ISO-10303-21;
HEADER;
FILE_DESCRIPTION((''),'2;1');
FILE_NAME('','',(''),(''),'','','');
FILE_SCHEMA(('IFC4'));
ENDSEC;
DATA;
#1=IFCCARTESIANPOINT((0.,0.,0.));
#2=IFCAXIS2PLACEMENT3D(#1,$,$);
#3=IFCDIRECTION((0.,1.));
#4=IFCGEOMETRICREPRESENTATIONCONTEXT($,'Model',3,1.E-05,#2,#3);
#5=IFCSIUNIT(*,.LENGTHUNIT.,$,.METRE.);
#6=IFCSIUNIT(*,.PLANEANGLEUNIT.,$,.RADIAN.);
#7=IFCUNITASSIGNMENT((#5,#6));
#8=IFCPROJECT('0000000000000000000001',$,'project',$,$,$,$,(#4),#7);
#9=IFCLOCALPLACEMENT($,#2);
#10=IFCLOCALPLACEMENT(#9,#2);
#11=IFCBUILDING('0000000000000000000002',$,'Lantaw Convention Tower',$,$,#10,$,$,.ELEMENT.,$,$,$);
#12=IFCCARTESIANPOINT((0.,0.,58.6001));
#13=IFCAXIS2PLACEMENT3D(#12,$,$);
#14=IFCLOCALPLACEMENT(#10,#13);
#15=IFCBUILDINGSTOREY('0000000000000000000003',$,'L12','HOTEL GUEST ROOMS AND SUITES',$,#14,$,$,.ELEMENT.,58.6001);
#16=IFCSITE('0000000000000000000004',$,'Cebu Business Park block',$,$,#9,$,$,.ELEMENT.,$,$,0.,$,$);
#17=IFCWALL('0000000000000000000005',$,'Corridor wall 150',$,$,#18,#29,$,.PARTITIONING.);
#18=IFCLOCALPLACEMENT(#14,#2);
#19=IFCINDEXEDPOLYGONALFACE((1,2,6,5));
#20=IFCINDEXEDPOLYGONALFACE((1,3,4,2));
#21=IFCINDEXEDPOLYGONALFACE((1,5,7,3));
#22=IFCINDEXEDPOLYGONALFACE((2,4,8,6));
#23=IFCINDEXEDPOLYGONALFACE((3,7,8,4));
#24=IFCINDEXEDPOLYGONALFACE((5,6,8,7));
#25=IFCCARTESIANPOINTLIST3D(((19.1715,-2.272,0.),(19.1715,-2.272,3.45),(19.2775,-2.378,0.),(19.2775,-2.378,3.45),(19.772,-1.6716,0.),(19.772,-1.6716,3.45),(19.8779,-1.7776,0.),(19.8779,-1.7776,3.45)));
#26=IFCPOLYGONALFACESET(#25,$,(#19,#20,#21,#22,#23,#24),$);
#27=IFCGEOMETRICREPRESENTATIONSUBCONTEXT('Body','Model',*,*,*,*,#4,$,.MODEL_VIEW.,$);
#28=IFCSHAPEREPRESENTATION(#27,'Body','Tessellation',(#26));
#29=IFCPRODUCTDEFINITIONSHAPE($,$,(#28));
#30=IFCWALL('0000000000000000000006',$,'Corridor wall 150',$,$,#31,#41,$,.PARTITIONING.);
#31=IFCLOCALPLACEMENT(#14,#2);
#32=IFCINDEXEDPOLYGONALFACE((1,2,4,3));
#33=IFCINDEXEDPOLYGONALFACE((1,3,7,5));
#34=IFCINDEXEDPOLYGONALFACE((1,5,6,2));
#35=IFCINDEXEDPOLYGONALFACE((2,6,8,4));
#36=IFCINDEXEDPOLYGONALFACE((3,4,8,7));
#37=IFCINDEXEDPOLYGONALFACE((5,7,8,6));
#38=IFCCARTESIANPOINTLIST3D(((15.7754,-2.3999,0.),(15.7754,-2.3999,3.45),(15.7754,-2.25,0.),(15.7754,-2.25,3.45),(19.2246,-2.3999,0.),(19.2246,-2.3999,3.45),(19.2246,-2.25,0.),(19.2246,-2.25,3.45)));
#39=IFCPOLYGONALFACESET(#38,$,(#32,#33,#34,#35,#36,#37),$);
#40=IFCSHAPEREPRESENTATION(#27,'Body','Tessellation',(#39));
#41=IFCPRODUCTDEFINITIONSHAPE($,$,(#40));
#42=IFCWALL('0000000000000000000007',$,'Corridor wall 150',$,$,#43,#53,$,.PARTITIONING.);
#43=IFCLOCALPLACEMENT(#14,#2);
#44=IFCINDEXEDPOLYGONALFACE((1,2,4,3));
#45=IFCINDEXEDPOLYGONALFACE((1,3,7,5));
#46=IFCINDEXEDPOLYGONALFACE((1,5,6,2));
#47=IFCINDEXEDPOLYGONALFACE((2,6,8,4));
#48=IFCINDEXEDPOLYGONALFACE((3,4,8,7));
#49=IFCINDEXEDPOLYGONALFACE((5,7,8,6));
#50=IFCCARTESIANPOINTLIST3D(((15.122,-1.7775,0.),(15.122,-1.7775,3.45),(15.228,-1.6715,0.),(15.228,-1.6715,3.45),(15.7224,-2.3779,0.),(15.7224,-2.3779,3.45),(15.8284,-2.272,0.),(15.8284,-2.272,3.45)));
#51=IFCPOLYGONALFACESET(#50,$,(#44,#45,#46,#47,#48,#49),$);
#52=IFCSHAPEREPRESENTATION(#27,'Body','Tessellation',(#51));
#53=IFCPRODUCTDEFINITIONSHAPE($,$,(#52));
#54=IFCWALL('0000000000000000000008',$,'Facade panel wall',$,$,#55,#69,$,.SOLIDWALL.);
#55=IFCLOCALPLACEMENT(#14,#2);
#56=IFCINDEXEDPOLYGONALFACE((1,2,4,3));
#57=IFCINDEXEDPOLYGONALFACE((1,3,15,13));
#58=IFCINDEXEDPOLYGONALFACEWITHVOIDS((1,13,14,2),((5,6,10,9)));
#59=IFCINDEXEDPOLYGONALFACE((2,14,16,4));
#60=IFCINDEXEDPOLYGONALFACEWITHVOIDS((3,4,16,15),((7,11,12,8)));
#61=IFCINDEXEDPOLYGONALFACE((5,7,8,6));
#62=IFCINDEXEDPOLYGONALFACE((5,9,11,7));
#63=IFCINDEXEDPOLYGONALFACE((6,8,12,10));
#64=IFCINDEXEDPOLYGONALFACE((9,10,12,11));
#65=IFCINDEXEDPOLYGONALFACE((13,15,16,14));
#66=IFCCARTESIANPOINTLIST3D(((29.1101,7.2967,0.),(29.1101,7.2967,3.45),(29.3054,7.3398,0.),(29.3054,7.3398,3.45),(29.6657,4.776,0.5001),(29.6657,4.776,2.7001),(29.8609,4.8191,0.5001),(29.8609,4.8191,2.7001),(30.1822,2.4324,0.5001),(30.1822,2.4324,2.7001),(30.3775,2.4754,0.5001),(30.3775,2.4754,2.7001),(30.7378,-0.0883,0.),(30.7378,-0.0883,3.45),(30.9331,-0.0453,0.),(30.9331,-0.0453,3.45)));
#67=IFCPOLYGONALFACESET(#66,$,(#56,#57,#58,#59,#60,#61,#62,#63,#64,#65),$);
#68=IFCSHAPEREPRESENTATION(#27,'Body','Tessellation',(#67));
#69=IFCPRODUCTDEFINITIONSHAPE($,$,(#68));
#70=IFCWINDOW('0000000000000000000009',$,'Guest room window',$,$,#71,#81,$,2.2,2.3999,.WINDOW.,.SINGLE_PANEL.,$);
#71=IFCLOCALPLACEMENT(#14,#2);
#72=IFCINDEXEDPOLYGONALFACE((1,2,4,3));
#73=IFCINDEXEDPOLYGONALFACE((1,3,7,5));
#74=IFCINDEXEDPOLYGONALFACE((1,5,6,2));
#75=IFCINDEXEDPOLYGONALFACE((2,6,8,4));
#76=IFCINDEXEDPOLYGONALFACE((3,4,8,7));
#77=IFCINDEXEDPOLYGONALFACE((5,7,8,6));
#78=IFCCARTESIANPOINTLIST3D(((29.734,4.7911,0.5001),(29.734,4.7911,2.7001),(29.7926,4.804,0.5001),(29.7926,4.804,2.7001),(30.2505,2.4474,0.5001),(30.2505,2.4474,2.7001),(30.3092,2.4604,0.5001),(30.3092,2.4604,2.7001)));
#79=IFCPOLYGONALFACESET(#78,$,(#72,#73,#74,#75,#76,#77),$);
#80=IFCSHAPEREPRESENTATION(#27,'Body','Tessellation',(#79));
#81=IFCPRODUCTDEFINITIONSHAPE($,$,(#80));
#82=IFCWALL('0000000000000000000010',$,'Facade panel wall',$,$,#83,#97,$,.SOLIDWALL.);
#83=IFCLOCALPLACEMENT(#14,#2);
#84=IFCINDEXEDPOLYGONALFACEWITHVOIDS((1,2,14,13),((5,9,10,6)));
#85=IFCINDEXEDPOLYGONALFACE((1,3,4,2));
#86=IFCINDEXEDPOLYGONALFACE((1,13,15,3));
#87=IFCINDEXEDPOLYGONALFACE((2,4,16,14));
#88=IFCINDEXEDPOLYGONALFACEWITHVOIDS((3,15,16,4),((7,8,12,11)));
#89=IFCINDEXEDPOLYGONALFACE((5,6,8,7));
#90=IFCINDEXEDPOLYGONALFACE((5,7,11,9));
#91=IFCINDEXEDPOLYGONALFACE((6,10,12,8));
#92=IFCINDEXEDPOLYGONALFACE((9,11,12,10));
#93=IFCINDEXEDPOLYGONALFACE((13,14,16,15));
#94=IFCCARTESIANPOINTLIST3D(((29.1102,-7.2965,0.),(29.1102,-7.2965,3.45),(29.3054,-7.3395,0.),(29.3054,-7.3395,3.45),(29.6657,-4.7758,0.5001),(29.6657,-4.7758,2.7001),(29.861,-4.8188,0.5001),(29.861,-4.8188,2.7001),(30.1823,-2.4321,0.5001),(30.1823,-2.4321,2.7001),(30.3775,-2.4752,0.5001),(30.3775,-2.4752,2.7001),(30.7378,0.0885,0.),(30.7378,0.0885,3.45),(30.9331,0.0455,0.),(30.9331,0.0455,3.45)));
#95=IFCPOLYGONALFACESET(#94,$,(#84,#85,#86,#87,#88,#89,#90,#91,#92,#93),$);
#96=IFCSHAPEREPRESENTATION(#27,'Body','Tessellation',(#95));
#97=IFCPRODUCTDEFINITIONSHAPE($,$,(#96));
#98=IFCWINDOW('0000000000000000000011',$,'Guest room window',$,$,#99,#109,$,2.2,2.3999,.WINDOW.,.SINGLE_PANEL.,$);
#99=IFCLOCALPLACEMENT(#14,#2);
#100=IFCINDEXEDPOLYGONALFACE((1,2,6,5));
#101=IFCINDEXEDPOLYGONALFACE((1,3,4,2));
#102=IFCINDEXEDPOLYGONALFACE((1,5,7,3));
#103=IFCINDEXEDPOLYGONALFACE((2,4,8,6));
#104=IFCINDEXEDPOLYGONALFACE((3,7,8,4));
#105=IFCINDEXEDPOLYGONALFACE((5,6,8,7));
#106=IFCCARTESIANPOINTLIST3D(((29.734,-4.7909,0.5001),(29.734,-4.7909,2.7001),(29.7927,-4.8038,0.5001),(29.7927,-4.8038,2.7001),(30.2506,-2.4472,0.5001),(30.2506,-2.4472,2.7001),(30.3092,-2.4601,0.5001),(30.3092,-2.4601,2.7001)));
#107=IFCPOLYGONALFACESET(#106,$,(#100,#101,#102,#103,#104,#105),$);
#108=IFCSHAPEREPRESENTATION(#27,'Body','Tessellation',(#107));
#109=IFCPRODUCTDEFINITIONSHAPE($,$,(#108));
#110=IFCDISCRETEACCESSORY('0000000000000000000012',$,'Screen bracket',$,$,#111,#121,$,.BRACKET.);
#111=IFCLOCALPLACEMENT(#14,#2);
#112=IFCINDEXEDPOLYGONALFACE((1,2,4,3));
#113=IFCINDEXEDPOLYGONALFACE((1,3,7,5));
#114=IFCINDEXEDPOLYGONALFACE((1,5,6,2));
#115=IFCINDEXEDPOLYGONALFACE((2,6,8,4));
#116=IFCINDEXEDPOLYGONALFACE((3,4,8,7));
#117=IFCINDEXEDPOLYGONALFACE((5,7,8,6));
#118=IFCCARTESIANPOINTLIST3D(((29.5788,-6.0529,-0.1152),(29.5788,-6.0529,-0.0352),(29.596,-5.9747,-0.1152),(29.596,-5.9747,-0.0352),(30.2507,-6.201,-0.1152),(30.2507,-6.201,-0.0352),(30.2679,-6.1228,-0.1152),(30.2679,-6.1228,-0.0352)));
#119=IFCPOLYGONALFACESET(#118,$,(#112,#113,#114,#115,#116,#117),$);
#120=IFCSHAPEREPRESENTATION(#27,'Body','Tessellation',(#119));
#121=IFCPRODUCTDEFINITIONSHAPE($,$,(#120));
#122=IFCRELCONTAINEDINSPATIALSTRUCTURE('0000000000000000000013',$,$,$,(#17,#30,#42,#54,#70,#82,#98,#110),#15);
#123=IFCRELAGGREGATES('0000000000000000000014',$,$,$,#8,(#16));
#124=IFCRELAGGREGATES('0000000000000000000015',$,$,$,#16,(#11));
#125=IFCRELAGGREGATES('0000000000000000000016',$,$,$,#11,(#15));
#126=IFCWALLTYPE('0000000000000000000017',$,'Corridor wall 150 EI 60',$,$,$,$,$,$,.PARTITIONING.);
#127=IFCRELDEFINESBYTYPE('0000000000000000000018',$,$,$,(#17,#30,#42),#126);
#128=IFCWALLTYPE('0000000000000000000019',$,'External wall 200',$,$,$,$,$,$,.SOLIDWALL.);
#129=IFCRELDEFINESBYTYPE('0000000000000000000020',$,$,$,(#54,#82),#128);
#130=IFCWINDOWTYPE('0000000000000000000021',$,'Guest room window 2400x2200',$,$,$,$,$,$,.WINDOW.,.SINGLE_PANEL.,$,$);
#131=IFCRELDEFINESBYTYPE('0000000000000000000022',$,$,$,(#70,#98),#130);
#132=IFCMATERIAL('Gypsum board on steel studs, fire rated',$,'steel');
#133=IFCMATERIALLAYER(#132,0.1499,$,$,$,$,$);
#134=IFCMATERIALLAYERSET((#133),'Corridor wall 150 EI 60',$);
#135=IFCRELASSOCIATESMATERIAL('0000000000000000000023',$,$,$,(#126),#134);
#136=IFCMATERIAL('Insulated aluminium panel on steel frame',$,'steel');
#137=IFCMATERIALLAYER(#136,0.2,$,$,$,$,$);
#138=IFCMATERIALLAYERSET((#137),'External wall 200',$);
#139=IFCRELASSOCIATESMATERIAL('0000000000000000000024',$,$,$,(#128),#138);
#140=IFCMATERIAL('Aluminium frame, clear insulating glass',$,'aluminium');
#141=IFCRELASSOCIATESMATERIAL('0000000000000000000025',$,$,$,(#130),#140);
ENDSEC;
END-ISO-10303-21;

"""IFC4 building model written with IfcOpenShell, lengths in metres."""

from ifc_helpers import new_model, si_unit, direction, frame, frame_2d, origin, origin_2d, place, context, subcontext, project, spatial, rectangle, extrude, material, layer, layer_set, type_object, element, fill, save


model = new_model("IFC4")

# Units and contexts
model_context = context("Model", 3, precision=1e-05, world=origin(), true_north=direction((0.0, 1.0)))
body_context = subcontext(model_context, "Body", "Model", "MODEL_VIEW")
ifc_project = project(units=[si_unit("LENGTHUNIT", "METRE"), si_unit("PLANEANGLEUNIT", "RADIAN")], contexts=[model_context])

# Site, building, storey
site_placement = place(None, origin())
site = spatial("IfcSite", under=ifc_project, at=site_placement, Name="Cebu Business Park block", CompositionType="ELEMENT", RefElevation=0.0)
building_placement = place(site_placement, origin())
building = spatial("IfcBuilding", under=site, at=building_placement, Name="Lantaw Convention Tower", CompositionType="ELEMENT")
storey_placement = place(building_placement, frame((0.0, 0.0, 58.6001)))
storey = spatial("IfcBuildingStorey", under=building, at=storey_placement, Name="L12", Description="HOTEL GUEST ROOMS AND SUITES", CompositionType="ELEMENT", Elevation=58.6001)

# Shared definitions
ifc_material_1 = material(Name="Gypsum board on steel studs, fire rated", Category="steel")
ifc_layer_1 = layer(ifc_material_1, 0.1499)
ifc_layer_set_1 = layer_set([ifc_layer_1], Name="Corridor wall 150 EI 60")
wall_type_1 = type_object("IfcWallType", Name="Corridor wall 150 EI 60", PredefinedType="PARTITIONING", material=ifc_layer_set_1)

# Walls
wall_1_placement = place(storey_placement, frame((19.825, -1.7246, 0.0), z_axis=(0.0, 0.0, 1.0), x_axis=(-0.707107, -0.707107, 0.0)))
element("IfcWall", 1, at=wall_1_placement, inside=storey, type_object=wall_type_1, Name="Corridor wall 150", PredefinedType="PARTITIONING", context=body_context, shape_type="SweptSolid", body=[
    extrude(rectangle(XDim=0.8491, YDim=0.1499, at=frame_2d((0.4246, 0.0))), origin(), (0.0, 0.0, 1.0), 3.45),
])
wall_2_placement = place(storey_placement, frame((19.2246, -2.325, 0.0), z_axis=(0.0, 0.0, 1.0), x_axis=(-1.0, 0.0, 0.0)))
element("IfcWall", 2, at=wall_2_placement, inside=storey, type_object=wall_type_1, Name="Corridor wall 150", PredefinedType="PARTITIONING", context=body_context, shape_type="SweptSolid", body=[
    extrude(rectangle(XDim=3.4492, YDim=0.1499, at=frame_2d((1.7246, 0.0))), origin(), (0.0, 0.0, 1.0), 3.45),
])
wall_3_placement = place(storey_placement, frame((15.7754, -2.325, 0.0), z_axis=(0.0, 0.0, 1.0), x_axis=(-0.707107, 0.707107, 0.0)))
element("IfcWall", 3, at=wall_3_placement, inside=storey, type_object=wall_type_1, Name="Corridor wall 150", PredefinedType="PARTITIONING", context=body_context, shape_type="SweptSolid", body=[
    extrude(rectangle(XDim=0.8491, YDim=0.1499, at=frame_2d((0.4246, 0.0))), origin(), (0.0, 0.0, 1.0), 3.45),
])

# Walls, openings, windows
ifc_material_2 = material(Name="Insulated aluminium panel on steel frame", Category="steel")
ifc_layer_2 = layer(ifc_material_2, 0.2)
ifc_layer_set_2 = layer_set([ifc_layer_2], Name="External wall 200")
wall_type_2 = type_object("IfcWallType", Name="External wall 200", PredefinedType="SOLIDWALL", material=ifc_layer_set_2)
wall_4_placement = place(storey_placement, frame((30.8354, -0.0669, 0.0), z_axis=(0.0, 0.0, 1.0), x_axis=(-0.215238, 0.976562, 0.0)))
wall_4 = element("IfcWall", 4, at=wall_4_placement, inside=storey, type_object=wall_type_2, Name="Facade panel wall", PredefinedType="SOLIDWALL", context=body_context, shape_type="SweptSolid", body=[
    extrude(rectangle(XDim=7.5623, YDim=0.2, at=frame_2d((3.7812, 0.0))), origin(), (0.0, 0.0, 1.0), 3.45),
])
opening_1_placement = place(wall_4_placement, frame((2.5813, 0.0, 0.5)))
opening_1 = element("IfcOpeningElement", 5, at=opening_1_placement, cuts=wall_4, PredefinedType="OPENING", context=body_context, shape_type="SweptSolid", body=[
    extrude(rectangle(XDim=2.3999, YDim=2.2, at=frame_2d((1.2, 1.1001))), frame((0.0, 0.1099, 0.0), z_axis=(0.0, -1.0, 0.0), x_axis=(1.0, 0.0, 0.0)), (0.0, 0.0, 1.0), 0.22),
])
ifc_material_3 = material(Name="Aluminium frame, clear insulating glass", Category="aluminium")
window_type = type_object("IfcWindowType", Name="Guest room window 2400x2200", PartitioningType="SINGLE_PANEL", PredefinedType="WINDOW", material=ifc_material_3)
window_1_placement = place(opening_1_placement, origin())
window_1 = element("IfcWindow", 6, at=window_1_placement, inside=storey, type_object=window_type, Name="Guest room window", OverallHeight=2.2, OverallWidth=2.3999, PartitioningType="SINGLE_PANEL", PredefinedType="WINDOW", context=body_context, shape_type="SweptSolid", body=[
    extrude(rectangle(XDim=2.3999, YDim=2.2, at=frame_2d((1.2, 1.1001))), frame((0.0, 0.03, 0.0), z_axis=(0.0, -1.0, 0.0), x_axis=(1.0, 0.0, 0.0)), (0.0, 0.0, 1.0), 0.0601),
])
fill(opening_1, window_1)
wall_5_placement = place(storey_placement, frame((29.2078, -7.3181, 0.0), z_axis=(0.0, 0.0, 1.0), x_axis=(0.215238, 0.976562, 0.0)))
wall_5 = element("IfcWall", 7, at=wall_5_placement, inside=storey, type_object=wall_type_2, Name="Facade panel wall", PredefinedType="SOLIDWALL", context=body_context, shape_type="SweptSolid", body=[
    extrude(rectangle(XDim=7.5623, YDim=0.2, at=frame_2d((3.7812, 0.0))), origin(), (0.0, 0.0, 1.0), 3.45),
])
opening_2_placement = place(wall_5_placement, frame((2.5813, 0.0, 0.5)))
opening_2 = element("IfcOpeningElement", 8, at=opening_2_placement, cuts=wall_5, PredefinedType="OPENING", context=body_context, shape_type="SweptSolid", body=[
    extrude(rectangle(XDim=2.3999, YDim=2.2, at=frame_2d((1.2, 1.1001))), frame((0.0, 0.1099, 0.0), z_axis=(0.0, -1.0, 0.0), x_axis=(1.0, 0.0, 0.0)), (0.0, 0.0, 1.0), 0.22),
])
window_2_placement = place(opening_2_placement, origin())
window_2 = element("IfcWindow", 9, at=window_2_placement, inside=storey, type_object=window_type, Name="Guest room window", OverallHeight=2.2, OverallWidth=2.3999, PartitioningType="SINGLE_PANEL", PredefinedType="WINDOW", context=body_context, shape_type="SweptSolid", body=[
    extrude(rectangle(XDim=2.3999, YDim=2.2, at=frame_2d((1.2, 1.1001))), frame((0.0, 0.03, 0.0), z_axis=(0.0, -1.0, 0.0), x_axis=(1.0, 0.0, 0.0)), (0.0, 0.0, 1.0), 0.0601),
])
fill(opening_2, window_2)

# Discrete accessory
discrete_accessory_placement = place(storey_placement, frame((29.9233, -6.0879, -0.1152), z_axis=(0.0, 0.0, 1.0), x_axis=(0.215246, 0.97656, 0.0)))
element("IfcDiscreteAccessory", 10, at=discrete_accessory_placement, inside=storey, Name="Screen bracket", PredefinedType="BRACKET", context=body_context, shape_type="SweptSolid", body=[
    extrude(rectangle(XDim=0.0801, YDim=0.688, at=origin_2d()), origin(), (0.0, 0.0, 1.0), 0.0801),
])

save(model, "model.ifc")
